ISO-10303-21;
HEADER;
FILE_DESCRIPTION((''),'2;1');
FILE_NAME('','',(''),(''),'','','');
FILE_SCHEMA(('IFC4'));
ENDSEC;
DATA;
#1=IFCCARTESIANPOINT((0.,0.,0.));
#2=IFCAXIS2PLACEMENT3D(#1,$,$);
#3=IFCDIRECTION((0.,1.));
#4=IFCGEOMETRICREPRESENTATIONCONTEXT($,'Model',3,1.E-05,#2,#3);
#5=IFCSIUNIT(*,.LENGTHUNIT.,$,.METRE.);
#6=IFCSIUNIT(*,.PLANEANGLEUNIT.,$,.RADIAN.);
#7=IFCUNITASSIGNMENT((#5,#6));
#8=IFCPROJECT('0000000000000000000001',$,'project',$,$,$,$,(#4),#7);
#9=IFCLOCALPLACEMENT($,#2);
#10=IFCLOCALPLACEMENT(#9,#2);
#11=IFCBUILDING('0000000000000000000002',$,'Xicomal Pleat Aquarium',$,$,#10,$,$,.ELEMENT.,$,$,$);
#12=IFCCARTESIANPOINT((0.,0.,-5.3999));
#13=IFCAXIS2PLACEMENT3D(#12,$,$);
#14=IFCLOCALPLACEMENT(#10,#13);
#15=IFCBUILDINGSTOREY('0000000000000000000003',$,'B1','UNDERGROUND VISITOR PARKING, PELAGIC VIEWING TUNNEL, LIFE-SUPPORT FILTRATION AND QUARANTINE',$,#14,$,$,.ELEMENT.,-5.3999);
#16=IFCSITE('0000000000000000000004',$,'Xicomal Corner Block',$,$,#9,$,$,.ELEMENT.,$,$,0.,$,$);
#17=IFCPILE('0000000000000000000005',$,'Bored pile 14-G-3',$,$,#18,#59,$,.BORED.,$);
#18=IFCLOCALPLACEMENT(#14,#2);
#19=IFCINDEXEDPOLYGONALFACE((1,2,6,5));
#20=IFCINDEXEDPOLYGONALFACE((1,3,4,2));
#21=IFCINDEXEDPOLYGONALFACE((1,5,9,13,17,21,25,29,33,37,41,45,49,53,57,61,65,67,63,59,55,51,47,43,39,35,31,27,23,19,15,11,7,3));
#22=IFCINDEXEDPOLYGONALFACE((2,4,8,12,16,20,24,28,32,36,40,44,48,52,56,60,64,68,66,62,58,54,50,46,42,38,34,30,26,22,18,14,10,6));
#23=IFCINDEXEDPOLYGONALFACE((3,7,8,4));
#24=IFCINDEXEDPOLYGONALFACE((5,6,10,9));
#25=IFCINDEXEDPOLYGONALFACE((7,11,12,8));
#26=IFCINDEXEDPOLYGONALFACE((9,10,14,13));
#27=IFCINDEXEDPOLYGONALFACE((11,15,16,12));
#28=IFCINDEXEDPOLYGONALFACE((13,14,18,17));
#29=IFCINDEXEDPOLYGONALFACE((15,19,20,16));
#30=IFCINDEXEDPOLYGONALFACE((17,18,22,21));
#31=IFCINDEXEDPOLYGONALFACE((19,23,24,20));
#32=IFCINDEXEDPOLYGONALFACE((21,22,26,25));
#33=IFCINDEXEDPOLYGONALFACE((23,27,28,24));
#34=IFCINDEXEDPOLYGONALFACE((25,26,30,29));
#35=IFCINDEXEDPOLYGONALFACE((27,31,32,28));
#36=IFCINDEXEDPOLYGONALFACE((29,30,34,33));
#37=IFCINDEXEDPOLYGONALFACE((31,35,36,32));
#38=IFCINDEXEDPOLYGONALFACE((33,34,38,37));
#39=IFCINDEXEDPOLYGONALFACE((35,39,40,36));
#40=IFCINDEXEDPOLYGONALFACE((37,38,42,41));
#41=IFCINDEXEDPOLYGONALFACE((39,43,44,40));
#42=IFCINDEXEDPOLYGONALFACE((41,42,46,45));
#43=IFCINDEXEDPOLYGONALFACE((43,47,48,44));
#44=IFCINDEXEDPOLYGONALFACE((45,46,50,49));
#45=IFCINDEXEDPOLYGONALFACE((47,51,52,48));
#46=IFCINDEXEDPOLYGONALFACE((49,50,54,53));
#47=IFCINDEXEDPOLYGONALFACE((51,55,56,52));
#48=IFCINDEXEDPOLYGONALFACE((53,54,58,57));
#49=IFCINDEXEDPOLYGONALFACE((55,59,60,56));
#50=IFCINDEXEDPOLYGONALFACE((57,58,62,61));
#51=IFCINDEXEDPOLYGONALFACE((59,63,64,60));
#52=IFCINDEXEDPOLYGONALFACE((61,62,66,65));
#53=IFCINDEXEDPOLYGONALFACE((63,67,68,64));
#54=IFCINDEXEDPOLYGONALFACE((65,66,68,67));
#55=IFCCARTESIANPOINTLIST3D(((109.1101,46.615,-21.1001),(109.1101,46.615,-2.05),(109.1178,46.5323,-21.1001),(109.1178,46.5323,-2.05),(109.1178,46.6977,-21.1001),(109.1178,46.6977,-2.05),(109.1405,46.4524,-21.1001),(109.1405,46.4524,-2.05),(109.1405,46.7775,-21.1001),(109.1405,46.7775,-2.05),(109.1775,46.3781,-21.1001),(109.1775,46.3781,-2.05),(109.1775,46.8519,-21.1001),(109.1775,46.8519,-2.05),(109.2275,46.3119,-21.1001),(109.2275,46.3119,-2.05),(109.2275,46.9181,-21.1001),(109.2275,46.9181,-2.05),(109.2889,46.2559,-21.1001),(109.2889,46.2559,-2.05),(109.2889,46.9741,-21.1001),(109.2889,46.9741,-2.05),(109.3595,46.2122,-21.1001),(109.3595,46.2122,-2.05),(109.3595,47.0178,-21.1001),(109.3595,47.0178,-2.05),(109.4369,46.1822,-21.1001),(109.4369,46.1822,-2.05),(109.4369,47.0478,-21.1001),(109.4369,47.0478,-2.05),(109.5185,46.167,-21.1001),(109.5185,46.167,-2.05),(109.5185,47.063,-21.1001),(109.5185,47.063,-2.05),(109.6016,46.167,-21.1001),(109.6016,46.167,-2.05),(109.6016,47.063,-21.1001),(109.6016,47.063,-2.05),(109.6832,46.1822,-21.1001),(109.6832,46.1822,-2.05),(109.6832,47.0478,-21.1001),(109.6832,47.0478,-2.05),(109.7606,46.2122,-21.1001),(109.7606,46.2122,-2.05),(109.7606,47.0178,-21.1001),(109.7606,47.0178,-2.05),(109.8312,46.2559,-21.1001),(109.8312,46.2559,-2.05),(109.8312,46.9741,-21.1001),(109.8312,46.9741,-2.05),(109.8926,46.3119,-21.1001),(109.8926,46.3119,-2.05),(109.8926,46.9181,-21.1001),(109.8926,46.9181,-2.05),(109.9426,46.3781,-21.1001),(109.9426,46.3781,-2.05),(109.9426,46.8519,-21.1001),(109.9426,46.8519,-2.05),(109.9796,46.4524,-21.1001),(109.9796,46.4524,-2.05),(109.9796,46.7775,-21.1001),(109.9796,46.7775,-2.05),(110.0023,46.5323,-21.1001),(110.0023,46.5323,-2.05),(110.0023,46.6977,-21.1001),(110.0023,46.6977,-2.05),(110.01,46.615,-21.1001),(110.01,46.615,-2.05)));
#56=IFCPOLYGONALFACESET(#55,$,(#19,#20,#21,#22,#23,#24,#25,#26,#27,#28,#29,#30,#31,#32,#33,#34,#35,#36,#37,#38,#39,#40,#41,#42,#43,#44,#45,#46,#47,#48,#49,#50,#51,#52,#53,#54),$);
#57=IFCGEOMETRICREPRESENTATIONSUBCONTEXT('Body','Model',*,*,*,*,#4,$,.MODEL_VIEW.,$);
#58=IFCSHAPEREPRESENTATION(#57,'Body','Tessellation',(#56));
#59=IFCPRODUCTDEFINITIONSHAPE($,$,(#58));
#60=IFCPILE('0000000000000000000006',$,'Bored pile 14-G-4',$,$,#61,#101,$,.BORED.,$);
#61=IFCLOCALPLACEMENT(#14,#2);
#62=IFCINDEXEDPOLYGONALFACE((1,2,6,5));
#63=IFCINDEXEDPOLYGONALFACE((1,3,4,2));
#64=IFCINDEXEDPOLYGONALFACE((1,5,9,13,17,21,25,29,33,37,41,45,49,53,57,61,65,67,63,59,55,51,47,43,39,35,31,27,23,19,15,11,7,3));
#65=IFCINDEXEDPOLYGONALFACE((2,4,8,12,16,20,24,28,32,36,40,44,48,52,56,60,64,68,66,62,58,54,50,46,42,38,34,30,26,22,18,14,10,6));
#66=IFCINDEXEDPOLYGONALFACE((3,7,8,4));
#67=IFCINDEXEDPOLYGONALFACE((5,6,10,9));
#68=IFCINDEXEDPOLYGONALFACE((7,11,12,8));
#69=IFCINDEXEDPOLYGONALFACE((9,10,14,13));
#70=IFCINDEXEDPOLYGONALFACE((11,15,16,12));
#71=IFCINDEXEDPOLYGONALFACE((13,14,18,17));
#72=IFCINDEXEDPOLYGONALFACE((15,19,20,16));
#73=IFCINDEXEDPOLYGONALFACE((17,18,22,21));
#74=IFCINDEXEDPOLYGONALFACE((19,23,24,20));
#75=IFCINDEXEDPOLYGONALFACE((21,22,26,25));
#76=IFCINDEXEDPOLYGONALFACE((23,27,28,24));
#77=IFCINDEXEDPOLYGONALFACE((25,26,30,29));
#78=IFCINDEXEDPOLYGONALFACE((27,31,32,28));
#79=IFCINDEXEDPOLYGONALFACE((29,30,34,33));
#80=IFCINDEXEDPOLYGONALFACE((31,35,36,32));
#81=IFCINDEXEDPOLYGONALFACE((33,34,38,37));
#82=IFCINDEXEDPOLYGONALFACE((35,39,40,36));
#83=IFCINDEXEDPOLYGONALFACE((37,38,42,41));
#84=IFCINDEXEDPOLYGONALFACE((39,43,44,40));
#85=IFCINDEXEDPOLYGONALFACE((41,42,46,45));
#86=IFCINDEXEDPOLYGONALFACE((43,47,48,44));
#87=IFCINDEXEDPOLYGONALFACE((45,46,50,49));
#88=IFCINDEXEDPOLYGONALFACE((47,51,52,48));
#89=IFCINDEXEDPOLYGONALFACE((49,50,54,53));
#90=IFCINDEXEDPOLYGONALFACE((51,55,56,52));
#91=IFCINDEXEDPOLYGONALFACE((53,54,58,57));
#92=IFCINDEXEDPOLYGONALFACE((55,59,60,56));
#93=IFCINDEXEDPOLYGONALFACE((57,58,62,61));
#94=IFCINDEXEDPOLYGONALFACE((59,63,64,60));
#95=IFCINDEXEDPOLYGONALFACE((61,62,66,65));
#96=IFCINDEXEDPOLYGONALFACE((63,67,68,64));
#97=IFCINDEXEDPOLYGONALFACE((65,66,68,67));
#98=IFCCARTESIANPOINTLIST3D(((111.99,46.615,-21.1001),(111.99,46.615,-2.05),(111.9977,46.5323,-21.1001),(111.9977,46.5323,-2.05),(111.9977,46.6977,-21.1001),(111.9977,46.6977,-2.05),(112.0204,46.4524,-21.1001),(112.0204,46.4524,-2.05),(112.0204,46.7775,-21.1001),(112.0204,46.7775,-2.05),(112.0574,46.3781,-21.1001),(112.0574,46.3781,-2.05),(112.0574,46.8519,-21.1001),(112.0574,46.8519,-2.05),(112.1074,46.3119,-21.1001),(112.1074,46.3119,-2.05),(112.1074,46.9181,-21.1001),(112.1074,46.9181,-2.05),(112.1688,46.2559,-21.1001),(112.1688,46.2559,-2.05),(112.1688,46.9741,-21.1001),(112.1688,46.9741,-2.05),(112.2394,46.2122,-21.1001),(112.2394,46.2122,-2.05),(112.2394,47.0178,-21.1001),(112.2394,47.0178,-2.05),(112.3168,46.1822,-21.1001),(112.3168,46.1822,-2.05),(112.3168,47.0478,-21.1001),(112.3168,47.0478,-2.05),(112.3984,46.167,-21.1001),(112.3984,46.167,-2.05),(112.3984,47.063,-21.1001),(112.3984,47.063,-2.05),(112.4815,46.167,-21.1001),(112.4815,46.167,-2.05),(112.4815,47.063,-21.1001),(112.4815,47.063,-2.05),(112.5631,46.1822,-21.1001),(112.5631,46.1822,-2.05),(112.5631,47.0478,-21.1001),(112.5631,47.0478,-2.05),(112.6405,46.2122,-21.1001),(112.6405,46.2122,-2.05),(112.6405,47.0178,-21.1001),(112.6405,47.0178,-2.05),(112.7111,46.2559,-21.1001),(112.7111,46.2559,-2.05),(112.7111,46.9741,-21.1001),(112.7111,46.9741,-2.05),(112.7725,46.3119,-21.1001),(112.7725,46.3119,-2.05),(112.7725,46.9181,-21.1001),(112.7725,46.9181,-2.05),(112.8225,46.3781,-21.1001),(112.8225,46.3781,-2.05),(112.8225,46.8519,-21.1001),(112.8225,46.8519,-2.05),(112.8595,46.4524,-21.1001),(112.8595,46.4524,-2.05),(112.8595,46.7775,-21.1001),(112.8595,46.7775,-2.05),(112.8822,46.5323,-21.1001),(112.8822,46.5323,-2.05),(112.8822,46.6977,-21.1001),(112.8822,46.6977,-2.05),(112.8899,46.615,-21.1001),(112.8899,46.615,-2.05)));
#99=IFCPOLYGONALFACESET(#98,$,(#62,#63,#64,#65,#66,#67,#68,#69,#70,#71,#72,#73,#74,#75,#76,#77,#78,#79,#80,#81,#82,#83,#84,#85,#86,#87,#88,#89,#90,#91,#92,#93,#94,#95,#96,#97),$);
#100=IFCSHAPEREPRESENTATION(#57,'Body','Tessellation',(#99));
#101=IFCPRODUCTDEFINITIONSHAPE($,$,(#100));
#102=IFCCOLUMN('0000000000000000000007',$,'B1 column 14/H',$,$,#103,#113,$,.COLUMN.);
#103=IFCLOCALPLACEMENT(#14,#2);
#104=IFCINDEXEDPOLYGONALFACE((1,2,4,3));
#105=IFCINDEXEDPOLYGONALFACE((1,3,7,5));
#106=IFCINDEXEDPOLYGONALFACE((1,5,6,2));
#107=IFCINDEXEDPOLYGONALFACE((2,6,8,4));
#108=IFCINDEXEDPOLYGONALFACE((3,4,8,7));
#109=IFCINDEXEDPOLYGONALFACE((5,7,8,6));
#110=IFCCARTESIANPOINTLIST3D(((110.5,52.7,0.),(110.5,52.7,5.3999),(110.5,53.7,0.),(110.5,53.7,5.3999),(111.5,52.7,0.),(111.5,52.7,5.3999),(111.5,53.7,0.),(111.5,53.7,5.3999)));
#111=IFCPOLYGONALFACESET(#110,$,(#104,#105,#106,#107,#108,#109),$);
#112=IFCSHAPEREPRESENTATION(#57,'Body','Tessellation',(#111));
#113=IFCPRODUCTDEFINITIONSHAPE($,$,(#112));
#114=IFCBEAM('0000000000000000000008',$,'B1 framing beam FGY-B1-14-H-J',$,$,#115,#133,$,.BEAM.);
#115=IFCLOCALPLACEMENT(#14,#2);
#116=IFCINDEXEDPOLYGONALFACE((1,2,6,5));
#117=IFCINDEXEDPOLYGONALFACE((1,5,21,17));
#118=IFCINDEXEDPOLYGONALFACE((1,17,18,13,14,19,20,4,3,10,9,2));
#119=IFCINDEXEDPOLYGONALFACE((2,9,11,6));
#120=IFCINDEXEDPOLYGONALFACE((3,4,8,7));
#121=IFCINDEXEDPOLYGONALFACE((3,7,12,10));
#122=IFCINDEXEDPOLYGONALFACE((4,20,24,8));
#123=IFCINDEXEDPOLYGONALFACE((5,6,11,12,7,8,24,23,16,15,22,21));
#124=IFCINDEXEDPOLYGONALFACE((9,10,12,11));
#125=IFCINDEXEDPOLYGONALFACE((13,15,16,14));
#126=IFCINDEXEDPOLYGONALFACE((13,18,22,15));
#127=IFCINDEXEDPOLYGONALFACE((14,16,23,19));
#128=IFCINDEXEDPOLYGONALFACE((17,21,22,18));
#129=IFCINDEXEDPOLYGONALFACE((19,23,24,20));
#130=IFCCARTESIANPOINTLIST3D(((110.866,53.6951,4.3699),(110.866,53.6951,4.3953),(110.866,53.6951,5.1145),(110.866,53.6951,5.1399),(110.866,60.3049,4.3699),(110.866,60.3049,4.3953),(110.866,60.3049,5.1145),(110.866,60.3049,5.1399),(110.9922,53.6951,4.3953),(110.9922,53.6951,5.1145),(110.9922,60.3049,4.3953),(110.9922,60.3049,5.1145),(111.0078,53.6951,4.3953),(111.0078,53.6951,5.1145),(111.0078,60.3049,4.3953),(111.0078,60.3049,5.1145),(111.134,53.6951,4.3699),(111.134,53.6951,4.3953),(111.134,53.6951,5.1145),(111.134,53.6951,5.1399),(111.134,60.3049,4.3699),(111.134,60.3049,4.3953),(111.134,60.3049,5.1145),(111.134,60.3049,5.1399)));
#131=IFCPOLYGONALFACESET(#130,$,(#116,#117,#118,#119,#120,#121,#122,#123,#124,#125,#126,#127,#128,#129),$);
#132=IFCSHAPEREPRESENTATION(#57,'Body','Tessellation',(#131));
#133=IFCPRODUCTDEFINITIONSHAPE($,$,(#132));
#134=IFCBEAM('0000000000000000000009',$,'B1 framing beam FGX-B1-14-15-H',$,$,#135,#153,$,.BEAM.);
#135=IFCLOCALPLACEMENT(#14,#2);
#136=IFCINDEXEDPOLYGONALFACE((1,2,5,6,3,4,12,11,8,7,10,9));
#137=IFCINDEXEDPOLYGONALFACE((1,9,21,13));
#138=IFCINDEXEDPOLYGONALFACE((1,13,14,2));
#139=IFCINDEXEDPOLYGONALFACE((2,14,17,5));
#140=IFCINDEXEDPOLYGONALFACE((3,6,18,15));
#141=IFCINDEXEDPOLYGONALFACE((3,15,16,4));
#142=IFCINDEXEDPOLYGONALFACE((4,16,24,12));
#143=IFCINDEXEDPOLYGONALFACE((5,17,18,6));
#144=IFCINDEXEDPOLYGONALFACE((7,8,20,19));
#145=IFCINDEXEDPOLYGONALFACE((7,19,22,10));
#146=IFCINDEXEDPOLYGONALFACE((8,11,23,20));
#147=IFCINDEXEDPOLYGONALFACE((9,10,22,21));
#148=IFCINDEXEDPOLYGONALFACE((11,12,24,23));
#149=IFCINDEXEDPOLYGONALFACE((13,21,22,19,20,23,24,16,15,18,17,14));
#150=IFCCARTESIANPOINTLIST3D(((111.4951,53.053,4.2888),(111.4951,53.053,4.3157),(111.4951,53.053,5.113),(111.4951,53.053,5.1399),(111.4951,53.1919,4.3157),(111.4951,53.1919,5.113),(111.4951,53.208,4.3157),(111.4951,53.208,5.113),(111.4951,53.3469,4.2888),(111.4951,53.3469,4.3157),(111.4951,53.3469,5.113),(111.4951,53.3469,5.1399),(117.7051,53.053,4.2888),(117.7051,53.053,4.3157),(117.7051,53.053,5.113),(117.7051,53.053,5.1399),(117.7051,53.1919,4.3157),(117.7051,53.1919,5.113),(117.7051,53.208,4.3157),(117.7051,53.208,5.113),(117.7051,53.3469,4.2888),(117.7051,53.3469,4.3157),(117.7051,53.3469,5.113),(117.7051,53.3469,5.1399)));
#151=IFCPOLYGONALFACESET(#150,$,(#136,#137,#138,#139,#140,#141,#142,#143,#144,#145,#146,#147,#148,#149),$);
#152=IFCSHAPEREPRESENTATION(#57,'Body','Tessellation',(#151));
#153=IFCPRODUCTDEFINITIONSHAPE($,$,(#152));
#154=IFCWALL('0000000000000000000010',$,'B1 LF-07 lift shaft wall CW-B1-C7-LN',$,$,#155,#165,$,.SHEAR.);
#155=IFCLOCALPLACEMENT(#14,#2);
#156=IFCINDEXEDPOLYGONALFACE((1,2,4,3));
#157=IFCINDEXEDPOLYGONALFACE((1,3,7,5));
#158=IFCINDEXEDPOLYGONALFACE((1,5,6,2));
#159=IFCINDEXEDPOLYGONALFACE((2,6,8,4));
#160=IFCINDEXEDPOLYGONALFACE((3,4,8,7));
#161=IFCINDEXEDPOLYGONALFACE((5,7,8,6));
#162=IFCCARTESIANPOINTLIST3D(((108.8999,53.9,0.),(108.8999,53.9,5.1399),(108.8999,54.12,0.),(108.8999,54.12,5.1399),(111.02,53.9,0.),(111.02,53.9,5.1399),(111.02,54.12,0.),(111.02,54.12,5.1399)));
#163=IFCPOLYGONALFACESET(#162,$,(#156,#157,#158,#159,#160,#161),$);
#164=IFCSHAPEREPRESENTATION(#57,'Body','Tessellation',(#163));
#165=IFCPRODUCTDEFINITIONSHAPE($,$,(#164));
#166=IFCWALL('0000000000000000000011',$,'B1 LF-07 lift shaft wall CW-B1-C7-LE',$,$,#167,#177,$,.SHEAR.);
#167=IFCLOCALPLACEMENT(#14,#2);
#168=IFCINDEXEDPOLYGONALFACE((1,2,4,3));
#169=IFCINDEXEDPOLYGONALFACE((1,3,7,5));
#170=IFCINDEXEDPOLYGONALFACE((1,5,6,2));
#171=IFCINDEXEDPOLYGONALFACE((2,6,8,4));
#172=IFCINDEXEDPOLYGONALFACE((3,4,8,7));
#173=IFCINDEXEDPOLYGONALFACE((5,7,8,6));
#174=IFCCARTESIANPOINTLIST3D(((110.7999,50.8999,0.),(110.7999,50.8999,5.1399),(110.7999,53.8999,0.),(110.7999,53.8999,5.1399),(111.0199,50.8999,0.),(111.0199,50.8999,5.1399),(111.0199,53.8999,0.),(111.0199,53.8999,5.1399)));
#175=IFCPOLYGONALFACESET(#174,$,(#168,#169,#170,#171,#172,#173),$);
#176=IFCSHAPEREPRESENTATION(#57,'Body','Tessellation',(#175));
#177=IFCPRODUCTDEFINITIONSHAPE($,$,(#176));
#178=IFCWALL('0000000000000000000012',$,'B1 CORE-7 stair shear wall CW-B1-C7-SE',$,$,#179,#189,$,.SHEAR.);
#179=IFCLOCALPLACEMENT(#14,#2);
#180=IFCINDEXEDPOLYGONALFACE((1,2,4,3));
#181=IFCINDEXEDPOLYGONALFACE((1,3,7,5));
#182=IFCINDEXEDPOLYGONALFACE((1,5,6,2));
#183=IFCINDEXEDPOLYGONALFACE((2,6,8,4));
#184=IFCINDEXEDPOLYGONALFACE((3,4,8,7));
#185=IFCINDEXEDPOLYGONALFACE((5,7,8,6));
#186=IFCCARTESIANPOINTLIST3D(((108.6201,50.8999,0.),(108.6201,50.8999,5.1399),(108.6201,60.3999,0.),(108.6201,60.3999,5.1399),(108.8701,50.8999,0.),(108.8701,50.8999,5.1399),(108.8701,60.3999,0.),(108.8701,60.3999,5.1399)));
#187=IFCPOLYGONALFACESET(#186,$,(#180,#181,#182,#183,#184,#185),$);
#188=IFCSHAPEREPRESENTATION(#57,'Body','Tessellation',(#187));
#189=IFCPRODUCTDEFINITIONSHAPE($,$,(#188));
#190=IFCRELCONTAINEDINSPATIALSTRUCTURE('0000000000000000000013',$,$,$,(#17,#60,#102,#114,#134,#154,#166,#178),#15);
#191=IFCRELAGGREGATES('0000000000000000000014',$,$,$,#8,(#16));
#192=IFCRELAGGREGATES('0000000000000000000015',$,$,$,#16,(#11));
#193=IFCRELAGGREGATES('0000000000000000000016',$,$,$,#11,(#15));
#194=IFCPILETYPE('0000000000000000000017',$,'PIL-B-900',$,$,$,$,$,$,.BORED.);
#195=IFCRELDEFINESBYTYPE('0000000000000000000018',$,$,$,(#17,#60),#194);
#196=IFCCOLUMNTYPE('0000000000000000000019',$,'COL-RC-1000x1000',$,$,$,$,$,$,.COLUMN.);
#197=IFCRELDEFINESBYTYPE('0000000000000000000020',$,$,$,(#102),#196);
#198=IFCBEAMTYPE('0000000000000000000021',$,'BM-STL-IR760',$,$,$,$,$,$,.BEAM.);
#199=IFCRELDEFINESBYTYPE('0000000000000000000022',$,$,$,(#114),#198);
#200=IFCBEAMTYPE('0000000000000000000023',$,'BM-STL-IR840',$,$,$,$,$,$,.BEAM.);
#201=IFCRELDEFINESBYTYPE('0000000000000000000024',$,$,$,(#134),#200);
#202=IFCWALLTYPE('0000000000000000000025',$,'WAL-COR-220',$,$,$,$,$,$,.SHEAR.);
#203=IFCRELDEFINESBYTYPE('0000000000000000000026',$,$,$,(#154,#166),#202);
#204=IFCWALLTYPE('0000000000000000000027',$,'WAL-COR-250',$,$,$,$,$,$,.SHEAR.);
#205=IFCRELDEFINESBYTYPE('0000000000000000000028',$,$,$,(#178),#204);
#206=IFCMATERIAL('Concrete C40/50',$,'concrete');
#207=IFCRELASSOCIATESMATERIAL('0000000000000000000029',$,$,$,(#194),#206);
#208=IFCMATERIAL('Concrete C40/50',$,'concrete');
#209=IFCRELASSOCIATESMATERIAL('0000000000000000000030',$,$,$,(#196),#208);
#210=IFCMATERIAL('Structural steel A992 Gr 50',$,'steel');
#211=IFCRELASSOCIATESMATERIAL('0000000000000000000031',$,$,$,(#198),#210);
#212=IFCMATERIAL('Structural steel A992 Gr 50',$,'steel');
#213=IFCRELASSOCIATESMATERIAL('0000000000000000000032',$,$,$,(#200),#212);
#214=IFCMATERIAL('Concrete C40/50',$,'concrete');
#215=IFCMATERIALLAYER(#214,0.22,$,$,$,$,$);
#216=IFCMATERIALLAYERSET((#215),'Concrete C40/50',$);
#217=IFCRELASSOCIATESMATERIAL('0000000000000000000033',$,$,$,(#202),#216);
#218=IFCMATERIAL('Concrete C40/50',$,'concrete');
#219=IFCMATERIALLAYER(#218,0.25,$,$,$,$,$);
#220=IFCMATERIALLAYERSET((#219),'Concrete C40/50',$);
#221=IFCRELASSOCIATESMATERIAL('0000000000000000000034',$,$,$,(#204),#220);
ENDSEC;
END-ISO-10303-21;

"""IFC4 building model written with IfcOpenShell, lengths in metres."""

from ifc_helpers import new_model, si_unit, direction, frame, frame_2d, origin, origin_2d, place, context, subcontext, project, spatial, rectangle, circle, i_section, extrude, material, layer, layer_set, material_profile, profile_set, type_object, element, save


model = new_model("IFC4")

# Units and contexts
model_context = context("Model", 3, precision=1e-05, world=origin(), true_north=direction((0.0, 1.0)))
body_context = subcontext(model_context, "Body", "Model", "MODEL_VIEW")
ifc_project = project(units=[si_unit("LENGTHUNIT", "METRE"), si_unit("PLANEANGLEUNIT", "RADIAN")], contexts=[model_context])

# Site, building, storey
site_placement = place(None, origin())
site = spatial("IfcSite", under=ifc_project, at=site_placement, Name="Xicomal Corner Block", CompositionType="ELEMENT", RefElevation=0.0)
building_placement = place(site_placement, origin())
building = spatial("IfcBuilding", under=site, at=building_placement, Name="Xicomal Pleat Aquarium", CompositionType="ELEMENT")
storey_placement = place(building_placement, frame((0.0, 0.0, -5.3999)))
storey = spatial("IfcBuildingStorey", under=building, at=storey_placement, Name="B1", Description="UNDERGROUND VISITOR PARKING, PELAGIC VIEWING TUNNEL, LIFE-SUPPORT FILTRATION AND QUARANTINE", CompositionType="ELEMENT", Elevation=-5.3999)

# Piles
ifc_material_1 = material(Name="Concrete C40/50", Category="concrete")
ifc_material_profile_1 = material_profile(ifc_material_1, circle(Radius=0.45, at=origin_2d()), Name="BORED PILE D900")
ifc_profile_set_1 = profile_set([ifc_material_profile_1], Name="Concrete C40/50")
pile_type_1 = type_object("IfcPileType", Name="PIL-B-900", PredefinedType="BORED", material=ifc_profile_set_1)
for number, where, z_axis, x_axis, name in (
    (1, (109.5601, 46.615, -2.05), (0.0, 0.0, -1.0), (1.0, 0.0, 0.0), "Bored pile 14-G-3"),
    (2, (112.4399, 46.615, -2.05), (0.0, 0.0, -1.0), (1.0, 0.0, 0.0), "Bored pile 14-G-4"),
):
    element("IfcPile", number, at=place(storey_placement, frame(where, z_axis=z_axis, x_axis=x_axis)), inside=storey, type_object=pile_type_1, Name=name, PredefinedType="BORED", context=body_context, shape_type="SweptSolid", body=[
        extrude(circle(Radius=0.45, at=origin_2d()), origin(), (0.0, 0.0, 1.0), 19.05),
    ])

# Column
ifc_material_2 = material(Name="Concrete C40/50", Category="concrete")
ifc_material_profile_2 = material_profile(ifc_material_2, rectangle(XDim=1.0, YDim=1.0, at=origin_2d()), Name="RC 1000x1000")
ifc_profile_set_2 = profile_set([ifc_material_profile_2], Name="Concrete C40/50")
column_type = type_object("IfcColumnType", Name="COL-RC-1000x1000", PredefinedType="COLUMN", material=ifc_profile_set_2)
column_placement = place(storey_placement, frame((111.0, 53.2, 0.0), z_axis=(0.0, 0.0, 1.0), x_axis=(1.0, 0.0, 0.0)))
element("IfcColumn", 3, at=column_placement, inside=storey, type_object=column_type, Name="B1 column 14/H", PredefinedType="COLUMN", context=body_context, shape_type="SweptSolid", body=[
    extrude(rectangle(XDim=1.0, YDim=1.0, at=origin_2d()), origin(), (0.0, 0.0, 1.0), 5.3999),
])

# Beams
ifc_material_3 = material(Name="Structural steel A992 Gr 50", Category="steel")
ifc_material_profile_3 = material_profile(ifc_material_3, i_section(OverallWidth=0.2681, OverallDepth=0.77, WebThickness=0.0156, FlangeThickness=0.0254, at=origin_2d()), Name="IR 760x196")
ifc_profile_set_3 = profile_set([ifc_material_profile_3], Name="Structural steel A992 Gr 50")
beam_type_1 = type_object("IfcBeamType", Name="BM-STL-IR760", PredefinedType="BEAM", material=ifc_profile_set_3)
beam_1_placement = place(storey_placement, frame((111.0, 53.6951, 4.7549), z_axis=(0.0, 1.0, 0.0), x_axis=(-1.0, 0.0, 0.0)))
element("IfcBeam", 4, at=beam_1_placement, inside=storey, type_object=beam_type_1, Name="B1 framing beam FGY-B1-14-H-J", PredefinedType="BEAM", context=body_context, shape_type="SweptSolid", body=[
    extrude(i_section(OverallWidth=0.2681, OverallDepth=0.77, WebThickness=0.0156, FlangeThickness=0.0254, at=origin_2d()), origin(), (0.0, 0.0, 1.0), 6.6099),
])
ifc_material_4 = material(Name="Structural steel A992 Gr 50", Category="steel")
ifc_material_profile_4 = material_profile(ifc_material_4, i_section(OverallWidth=0.2939, OverallDepth=0.8511, WebThickness=0.0161, FlangeThickness=0.0269, at=origin_2d()), Name="IR 840x226")
ifc_profile_set_4 = profile_set([ifc_material_profile_4], Name="Structural steel A992 Gr 50")
beam_type_2 = type_object("IfcBeamType", Name="BM-STL-IR840", PredefinedType="BEAM", material=ifc_profile_set_4)
beam_2_placement = place(storey_placement, frame((111.4951, 53.2, 4.7144), z_axis=(1.0, 0.0, 0.0), x_axis=(0.0, 1.0, 0.0)))
element("IfcBeam", 5, at=beam_2_placement, inside=storey, type_object=beam_type_2, Name="B1 framing beam FGX-B1-14-15-H", PredefinedType="BEAM", context=body_context, shape_type="SweptSolid", body=[
    extrude(i_section(OverallWidth=0.2939, OverallDepth=0.8511, WebThickness=0.0161, FlangeThickness=0.0269, at=origin_2d()), origin(), (0.0, 0.0, 1.0), 6.21),
])

# Shared definitions
ifc_material_5 = material(Name="Concrete C40/50", Category="concrete")
ifc_layer_1 = layer(ifc_material_5, 0.22)
ifc_layer_set_1 = layer_set([ifc_layer_1], Name="Concrete C40/50")
wall_type_1 = type_object("IfcWallType", Name="WAL-COR-220", PredefinedType="SHEAR", material=ifc_layer_set_1)

# Walls
wall_1_placement = place(storey_placement, frame((108.8999, 54.01, 0.0), z_axis=(0.0, 0.0, 1.0), x_axis=(1.0, 0.0, 0.0)))
element("IfcWall", 6, at=wall_1_placement, inside=storey, type_object=wall_type_1, Name="B1 LF-07 lift shaft wall CW-B1-C7-LN", PredefinedType="SHEAR", context=body_context, shape_type="SweptSolid", body=[
    extrude(rectangle(XDim=2.1201, YDim=0.22, at=frame_2d((1.0601, 0.0))), origin(), (0.0, 0.0, 1.0), 5.1399),
])
wall_2_placement = place(storey_placement, frame((110.9099, 50.8999, 0.0), z_axis=(0.0, 0.0, 1.0), x_axis=(0.0, 1.0, 0.0)))
element("IfcWall", 7, at=wall_2_placement, inside=storey, type_object=wall_type_1, Name="B1 LF-07 lift shaft wall CW-B1-C7-LE", PredefinedType="SHEAR", context=body_context, shape_type="SweptSolid", body=[
    extrude(rectangle(XDim=3.0, YDim=0.22, at=frame_2d((1.5, 0.0))), origin(), (0.0, 0.0, 1.0), 5.1399),
])
ifc_material_6 = material(Name="Concrete C40/50", Category="concrete")
ifc_layer_2 = layer(ifc_material_6, 0.25)
ifc_layer_set_2 = layer_set([ifc_layer_2], Name="Concrete C40/50")
wall_type_2 = type_object("IfcWallType", Name="WAL-COR-250", PredefinedType="SHEAR", material=ifc_layer_set_2)
wall_3_placement = place(storey_placement, frame((108.7451, 50.8999, 0.0), z_axis=(0.0, 0.0, 1.0), x_axis=(0.0, 1.0, 0.0)))
element("IfcWall", 8, at=wall_3_placement, inside=storey, type_object=wall_type_2, Name="B1 CORE-7 stair shear wall CW-B1-C7-SE", PredefinedType="SHEAR", context=body_context, shape_type="SweptSolid", body=[
    extrude(rectangle(XDim=9.5, YDim=0.25, at=frame_2d((4.75, 0.0))), origin(), (0.0, 0.0, 1.0), 5.1399),
])

save(model, "model.ifc")
